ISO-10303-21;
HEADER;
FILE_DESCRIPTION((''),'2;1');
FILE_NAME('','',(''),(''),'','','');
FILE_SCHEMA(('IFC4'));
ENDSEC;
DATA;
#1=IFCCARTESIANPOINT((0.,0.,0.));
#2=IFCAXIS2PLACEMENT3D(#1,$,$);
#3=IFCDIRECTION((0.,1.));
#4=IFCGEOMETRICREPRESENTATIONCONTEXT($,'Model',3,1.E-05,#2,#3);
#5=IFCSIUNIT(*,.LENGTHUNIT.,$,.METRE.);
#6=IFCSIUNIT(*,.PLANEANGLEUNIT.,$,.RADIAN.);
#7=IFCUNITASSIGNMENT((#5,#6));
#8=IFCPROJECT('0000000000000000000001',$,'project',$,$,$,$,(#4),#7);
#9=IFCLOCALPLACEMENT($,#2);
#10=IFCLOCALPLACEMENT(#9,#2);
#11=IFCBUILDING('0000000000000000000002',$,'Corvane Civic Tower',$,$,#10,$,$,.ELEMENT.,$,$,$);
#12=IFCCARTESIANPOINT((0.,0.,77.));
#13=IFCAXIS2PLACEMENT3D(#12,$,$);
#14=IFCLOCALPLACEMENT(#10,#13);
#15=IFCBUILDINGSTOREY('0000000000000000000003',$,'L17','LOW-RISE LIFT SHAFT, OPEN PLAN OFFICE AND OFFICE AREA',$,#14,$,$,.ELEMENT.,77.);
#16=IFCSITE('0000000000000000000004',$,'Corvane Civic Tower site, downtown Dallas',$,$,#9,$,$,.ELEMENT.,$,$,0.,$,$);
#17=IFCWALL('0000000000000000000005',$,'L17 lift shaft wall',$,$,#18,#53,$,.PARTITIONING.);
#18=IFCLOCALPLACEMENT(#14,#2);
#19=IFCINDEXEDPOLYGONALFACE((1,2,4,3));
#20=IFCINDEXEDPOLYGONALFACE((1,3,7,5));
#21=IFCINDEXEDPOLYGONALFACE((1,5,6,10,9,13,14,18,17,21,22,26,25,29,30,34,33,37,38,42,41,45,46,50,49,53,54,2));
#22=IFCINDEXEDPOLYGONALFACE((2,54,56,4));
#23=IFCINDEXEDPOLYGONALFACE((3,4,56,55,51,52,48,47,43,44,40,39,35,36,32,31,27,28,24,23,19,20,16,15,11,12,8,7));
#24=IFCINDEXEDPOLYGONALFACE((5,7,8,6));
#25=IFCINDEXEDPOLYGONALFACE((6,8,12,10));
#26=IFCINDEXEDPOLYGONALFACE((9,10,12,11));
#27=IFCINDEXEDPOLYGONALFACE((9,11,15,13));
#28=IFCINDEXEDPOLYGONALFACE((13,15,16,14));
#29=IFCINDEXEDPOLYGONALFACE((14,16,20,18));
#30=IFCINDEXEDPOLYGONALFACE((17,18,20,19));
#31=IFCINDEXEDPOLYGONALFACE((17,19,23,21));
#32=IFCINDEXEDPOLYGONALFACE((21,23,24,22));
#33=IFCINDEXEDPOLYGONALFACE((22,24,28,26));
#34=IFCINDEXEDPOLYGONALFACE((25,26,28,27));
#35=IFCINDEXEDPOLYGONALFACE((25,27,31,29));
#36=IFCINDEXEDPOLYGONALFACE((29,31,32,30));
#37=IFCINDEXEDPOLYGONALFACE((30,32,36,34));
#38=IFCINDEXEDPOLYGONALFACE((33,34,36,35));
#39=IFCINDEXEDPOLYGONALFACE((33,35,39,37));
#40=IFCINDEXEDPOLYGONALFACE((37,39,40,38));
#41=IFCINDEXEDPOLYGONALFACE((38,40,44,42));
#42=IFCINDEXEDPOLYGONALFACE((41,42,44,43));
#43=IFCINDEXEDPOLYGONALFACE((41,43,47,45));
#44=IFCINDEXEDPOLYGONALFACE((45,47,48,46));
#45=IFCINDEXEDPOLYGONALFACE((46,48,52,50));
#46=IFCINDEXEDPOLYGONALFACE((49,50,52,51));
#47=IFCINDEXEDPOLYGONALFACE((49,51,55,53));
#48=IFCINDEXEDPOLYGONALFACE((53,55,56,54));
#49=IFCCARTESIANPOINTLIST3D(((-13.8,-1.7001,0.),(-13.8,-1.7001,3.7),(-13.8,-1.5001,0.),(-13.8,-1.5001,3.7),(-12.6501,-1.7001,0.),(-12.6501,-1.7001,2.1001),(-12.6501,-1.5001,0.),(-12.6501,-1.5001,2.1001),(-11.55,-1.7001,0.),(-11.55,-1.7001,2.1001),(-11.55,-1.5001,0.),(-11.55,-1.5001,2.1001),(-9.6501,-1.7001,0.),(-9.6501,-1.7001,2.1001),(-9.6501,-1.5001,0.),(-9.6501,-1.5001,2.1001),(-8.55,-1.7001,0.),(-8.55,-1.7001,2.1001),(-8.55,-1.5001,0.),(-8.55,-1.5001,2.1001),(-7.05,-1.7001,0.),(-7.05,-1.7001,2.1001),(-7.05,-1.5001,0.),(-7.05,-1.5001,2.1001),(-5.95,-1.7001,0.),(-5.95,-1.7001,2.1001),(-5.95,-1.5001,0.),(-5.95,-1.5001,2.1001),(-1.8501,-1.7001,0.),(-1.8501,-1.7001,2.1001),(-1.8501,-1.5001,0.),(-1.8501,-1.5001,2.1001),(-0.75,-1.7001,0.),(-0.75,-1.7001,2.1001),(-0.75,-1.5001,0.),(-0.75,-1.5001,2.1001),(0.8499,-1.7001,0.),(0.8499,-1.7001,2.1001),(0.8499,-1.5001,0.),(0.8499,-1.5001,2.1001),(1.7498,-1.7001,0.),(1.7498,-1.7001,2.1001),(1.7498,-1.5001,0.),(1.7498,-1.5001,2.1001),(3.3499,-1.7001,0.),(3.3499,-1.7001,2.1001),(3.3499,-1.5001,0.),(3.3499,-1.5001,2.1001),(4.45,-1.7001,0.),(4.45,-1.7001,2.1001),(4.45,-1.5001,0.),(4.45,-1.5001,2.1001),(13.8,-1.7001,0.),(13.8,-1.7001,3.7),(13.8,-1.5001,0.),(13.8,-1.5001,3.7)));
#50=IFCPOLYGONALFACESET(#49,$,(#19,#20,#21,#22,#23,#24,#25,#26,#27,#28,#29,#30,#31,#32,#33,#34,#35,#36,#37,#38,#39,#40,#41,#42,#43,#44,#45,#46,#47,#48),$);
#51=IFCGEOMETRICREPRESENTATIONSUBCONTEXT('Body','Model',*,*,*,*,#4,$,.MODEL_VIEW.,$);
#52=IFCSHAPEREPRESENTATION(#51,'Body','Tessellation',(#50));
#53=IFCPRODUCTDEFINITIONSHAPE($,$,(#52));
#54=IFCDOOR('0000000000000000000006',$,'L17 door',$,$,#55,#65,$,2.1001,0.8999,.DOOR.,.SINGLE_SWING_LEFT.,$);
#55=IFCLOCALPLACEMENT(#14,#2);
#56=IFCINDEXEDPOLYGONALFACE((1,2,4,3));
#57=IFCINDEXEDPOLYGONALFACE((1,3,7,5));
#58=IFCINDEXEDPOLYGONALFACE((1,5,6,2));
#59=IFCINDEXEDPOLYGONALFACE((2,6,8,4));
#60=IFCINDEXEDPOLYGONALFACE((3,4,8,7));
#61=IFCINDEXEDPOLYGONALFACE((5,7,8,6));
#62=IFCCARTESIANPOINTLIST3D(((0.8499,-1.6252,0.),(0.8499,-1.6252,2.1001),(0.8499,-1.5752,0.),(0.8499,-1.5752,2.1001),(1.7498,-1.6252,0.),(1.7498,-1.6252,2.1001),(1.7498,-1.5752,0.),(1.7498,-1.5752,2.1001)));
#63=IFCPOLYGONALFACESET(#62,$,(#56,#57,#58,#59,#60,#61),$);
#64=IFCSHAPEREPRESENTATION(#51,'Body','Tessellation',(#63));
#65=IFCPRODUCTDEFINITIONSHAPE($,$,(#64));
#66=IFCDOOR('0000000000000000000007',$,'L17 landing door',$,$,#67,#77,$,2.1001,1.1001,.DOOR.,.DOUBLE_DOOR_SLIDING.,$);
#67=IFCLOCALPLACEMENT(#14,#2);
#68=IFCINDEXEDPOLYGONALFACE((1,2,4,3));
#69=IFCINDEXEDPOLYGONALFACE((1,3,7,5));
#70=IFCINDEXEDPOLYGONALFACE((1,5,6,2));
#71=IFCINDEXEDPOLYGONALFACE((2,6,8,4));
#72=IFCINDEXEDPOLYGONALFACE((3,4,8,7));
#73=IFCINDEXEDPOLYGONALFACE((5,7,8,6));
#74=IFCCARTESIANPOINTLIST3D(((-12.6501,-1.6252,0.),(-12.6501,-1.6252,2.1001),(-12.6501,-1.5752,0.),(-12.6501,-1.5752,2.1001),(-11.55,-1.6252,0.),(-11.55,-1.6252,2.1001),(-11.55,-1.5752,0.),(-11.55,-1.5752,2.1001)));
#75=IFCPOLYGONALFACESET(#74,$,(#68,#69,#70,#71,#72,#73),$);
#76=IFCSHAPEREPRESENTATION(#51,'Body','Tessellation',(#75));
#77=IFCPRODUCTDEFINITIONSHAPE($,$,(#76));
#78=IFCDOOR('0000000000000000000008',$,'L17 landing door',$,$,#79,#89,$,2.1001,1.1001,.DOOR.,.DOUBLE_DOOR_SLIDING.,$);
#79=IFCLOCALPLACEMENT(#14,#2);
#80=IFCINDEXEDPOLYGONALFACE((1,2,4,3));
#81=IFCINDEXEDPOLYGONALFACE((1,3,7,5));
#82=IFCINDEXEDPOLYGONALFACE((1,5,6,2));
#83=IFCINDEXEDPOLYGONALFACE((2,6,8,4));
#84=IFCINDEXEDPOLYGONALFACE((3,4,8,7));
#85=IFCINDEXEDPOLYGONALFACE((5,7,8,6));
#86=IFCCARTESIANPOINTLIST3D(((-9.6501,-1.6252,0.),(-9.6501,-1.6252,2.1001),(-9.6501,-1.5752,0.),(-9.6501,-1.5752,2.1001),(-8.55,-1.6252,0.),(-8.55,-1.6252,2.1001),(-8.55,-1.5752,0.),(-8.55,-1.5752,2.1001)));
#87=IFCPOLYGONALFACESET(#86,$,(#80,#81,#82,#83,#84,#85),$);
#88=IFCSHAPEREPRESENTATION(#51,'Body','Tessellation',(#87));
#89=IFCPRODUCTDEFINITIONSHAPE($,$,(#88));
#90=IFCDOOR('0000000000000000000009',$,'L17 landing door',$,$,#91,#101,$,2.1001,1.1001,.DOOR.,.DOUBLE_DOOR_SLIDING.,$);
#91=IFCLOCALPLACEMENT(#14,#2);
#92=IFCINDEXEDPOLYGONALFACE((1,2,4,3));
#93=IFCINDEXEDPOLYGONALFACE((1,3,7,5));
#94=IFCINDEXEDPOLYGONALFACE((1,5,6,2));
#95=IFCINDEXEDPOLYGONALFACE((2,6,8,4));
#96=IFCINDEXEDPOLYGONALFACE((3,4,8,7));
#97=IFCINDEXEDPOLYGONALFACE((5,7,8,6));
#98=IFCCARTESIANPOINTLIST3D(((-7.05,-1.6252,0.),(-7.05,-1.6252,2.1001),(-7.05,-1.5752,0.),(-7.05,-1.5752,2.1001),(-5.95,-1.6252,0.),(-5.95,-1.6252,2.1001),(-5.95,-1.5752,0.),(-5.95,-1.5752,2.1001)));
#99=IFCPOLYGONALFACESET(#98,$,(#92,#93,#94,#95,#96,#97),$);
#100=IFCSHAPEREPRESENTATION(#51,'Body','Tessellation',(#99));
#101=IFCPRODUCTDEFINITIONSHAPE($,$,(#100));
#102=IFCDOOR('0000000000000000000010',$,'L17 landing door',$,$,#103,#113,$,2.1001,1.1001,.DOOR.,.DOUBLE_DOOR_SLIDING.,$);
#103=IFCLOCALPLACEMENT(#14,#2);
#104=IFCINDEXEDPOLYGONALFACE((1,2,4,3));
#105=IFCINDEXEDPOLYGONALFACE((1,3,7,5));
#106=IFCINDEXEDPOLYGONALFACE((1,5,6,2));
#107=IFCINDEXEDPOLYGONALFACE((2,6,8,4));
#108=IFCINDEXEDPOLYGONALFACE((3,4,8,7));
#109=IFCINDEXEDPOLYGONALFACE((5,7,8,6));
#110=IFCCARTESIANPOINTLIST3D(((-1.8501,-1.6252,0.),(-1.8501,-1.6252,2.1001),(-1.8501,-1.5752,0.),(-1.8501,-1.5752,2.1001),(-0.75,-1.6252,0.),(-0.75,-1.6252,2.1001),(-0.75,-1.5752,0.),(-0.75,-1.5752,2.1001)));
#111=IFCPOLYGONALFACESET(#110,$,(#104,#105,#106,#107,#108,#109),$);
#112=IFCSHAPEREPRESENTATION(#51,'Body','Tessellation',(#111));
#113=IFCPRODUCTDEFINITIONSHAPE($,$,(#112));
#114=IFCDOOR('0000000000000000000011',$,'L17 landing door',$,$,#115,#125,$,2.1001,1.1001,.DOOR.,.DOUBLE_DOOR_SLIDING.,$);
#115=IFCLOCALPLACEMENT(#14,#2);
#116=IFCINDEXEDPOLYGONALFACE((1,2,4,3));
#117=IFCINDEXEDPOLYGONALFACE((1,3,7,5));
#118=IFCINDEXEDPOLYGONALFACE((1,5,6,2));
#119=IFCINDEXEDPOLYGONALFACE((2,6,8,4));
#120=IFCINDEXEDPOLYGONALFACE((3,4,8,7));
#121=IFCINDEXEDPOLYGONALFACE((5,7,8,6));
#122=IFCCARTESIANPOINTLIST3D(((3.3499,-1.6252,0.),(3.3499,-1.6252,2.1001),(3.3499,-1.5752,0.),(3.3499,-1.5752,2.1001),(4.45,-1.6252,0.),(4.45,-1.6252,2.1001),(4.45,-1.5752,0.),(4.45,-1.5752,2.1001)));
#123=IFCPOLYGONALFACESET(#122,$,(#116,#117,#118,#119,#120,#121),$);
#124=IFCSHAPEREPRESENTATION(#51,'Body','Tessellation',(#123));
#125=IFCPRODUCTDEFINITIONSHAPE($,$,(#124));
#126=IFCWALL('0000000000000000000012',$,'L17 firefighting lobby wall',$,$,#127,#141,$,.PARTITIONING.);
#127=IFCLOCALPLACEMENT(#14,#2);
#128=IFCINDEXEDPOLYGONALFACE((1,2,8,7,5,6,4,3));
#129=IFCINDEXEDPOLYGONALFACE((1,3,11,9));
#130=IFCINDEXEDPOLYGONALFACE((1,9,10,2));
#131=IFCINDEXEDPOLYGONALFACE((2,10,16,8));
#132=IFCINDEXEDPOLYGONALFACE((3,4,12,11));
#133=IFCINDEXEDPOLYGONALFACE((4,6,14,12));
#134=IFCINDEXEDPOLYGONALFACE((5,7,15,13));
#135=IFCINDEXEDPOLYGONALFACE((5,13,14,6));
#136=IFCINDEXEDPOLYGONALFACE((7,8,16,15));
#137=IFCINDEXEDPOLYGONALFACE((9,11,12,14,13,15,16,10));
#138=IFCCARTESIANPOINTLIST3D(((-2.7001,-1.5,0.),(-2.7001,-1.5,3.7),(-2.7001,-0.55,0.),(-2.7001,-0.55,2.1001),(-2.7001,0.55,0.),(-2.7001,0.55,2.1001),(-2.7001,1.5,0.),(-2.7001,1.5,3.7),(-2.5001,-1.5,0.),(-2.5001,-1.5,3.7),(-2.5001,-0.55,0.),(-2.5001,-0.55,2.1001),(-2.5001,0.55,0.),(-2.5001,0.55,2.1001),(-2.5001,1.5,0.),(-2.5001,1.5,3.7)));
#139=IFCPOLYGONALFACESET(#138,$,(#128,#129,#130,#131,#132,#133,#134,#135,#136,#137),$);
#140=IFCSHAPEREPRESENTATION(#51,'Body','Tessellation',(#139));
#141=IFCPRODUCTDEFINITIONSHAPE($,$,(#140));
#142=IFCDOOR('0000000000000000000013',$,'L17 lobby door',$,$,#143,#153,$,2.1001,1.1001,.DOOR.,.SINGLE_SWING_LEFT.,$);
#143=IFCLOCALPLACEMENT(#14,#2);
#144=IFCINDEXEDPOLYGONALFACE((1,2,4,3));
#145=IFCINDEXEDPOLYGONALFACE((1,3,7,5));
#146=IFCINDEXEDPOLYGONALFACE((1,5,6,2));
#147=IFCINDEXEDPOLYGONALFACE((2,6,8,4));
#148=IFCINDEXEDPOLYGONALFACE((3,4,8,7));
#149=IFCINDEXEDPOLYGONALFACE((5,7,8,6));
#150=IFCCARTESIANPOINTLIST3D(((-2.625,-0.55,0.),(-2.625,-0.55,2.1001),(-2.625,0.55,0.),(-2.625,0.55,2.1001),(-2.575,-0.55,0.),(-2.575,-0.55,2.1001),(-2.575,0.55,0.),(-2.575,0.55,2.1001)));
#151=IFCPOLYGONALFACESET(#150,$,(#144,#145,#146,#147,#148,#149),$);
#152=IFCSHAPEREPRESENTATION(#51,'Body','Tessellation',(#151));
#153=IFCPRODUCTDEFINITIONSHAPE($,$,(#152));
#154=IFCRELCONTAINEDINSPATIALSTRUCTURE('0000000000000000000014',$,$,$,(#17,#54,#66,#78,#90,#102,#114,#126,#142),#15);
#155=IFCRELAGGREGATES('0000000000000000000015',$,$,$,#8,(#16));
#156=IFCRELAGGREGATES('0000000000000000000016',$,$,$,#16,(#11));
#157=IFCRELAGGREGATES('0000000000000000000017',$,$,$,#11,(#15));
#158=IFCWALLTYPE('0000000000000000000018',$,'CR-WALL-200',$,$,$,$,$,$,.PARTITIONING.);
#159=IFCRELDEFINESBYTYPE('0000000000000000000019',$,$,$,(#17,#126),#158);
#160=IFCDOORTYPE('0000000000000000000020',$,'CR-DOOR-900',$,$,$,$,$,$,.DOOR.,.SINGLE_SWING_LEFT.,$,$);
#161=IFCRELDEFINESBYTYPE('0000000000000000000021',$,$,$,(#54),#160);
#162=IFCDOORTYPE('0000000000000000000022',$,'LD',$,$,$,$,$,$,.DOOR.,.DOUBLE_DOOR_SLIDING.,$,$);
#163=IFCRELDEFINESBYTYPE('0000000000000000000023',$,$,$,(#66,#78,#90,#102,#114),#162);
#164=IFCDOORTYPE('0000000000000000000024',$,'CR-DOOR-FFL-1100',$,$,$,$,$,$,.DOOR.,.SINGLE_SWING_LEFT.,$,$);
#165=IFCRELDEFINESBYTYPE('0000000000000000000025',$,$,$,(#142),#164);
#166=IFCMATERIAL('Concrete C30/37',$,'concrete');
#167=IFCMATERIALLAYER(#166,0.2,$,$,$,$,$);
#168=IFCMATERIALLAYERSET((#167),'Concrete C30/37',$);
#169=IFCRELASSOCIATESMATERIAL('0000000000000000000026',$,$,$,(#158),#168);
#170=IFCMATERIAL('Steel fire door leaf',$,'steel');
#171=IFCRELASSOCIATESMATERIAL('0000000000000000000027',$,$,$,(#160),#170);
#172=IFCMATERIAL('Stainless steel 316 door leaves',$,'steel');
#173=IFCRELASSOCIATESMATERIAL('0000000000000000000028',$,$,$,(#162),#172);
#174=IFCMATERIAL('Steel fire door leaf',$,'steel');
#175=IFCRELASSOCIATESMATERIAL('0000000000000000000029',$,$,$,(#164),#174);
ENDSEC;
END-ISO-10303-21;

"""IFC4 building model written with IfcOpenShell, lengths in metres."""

from ifc_helpers import new_model, si_unit, direction, frame, frame_2d, origin, place, context, subcontext, project, spatial, rectangle, extrude, material, layer, layer_set, type_object, element, fill, save


model = new_model("IFC4")

# Units and contexts
model_context = context("Model", 3, precision=1e-05, world=origin(), true_north=direction((0.0, 1.0)))
body_context = subcontext(model_context, "Body", "Model", "MODEL_VIEW")
ifc_project = project(units=[si_unit("LENGTHUNIT", "METRE"), si_unit("PLANEANGLEUNIT", "RADIAN")], contexts=[model_context])

# Site, building, storey
site_placement = place(None, origin())
site = spatial("IfcSite", under=ifc_project, at=site_placement, Name="Corvane Civic Tower site, downtown Dallas", CompositionType="ELEMENT", RefElevation=0.0)
building_placement = place(site_placement, origin())
building = spatial("IfcBuilding", under=site, at=building_placement, Name="Corvane Civic Tower", CompositionType="ELEMENT")
storey_placement = place(building_placement, frame((0.0, 0.0, 77.0)))
storey = spatial("IfcBuildingStorey", under=building, at=storey_placement, Name="L17", Description="LOW-RISE LIFT SHAFT, OPEN PLAN OFFICE AND OFFICE AREA", CompositionType="ELEMENT", Elevation=77.0)

# Wall, openings, doors
ifc_material_1 = material(Name="Concrete C30/37", Category="concrete")
ifc_layer_1 = layer(ifc_material_1, 0.2)
ifc_layer_set_1 = layer_set([ifc_layer_1], Name="Concrete C30/37")
wall_type_1 = type_object("IfcWallType", Name="CR-WALL-200", PredefinedType="PARTITIONING", material=ifc_layer_set_1)
ifc_material_2 = material(Name="Steel fire door leaf", Category="steel")
door_type_1 = type_object("IfcDoorType", Name="CR-DOOR-900", OperationType="SINGLE_SWING_LEFT", PredefinedType="DOOR", material=ifc_material_2)
wall_1_placement = place(storey_placement, frame((-13.8, -1.6001, 0.0), z_axis=(0.0, 0.0, 1.0), x_axis=(1.0, 0.0, 0.0)))
wall_1 = element("IfcWall", 1, at=wall_1_placement, inside=storey, type_object=wall_type_1, Name="L17 lift shaft wall", PredefinedType="PARTITIONING", context=body_context, shape_type="SweptSolid", body=[
    extrude(rectangle(XDim=27.6001, YDim=0.2, at=frame_2d((13.8, 0.0))), origin(), (0.0, 0.0, 1.0), 3.7),
])
opening_1_placement = place(wall_1_placement, frame((1.1499, 0.0, 0.0)))
opening_1 = element("IfcOpeningElement", 2, at=opening_1_placement, cuts=wall_1, PredefinedType="OPENING", context=body_context, shape_type="SweptSolid", body=[
    extrude(rectangle(XDim=1.1001, YDim=2.1001, at=frame_2d((0.55, 1.05))), frame((0.0, 0.1099, 0.0), z_axis=(0.0, -1.0, 0.0), x_axis=(1.0, 0.0, 0.0)), (0.0, 0.0, 1.0), 0.22),
])
opening_2_placement = place(wall_1_placement, frame((4.1499, 0.0, 0.0)))
opening_2 = element("IfcOpeningElement", 3, at=opening_2_placement, cuts=wall_1, PredefinedType="OPENING", context=body_context, shape_type="SweptSolid", body=[
    extrude(rectangle(XDim=1.1001, YDim=2.1001, at=frame_2d((0.55, 1.05))), frame((0.0, 0.1099, 0.0), z_axis=(0.0, -1.0, 0.0), x_axis=(1.0, 0.0, 0.0)), (0.0, 0.0, 1.0), 0.22),
])
opening_3_placement = place(wall_1_placement, frame((6.75, 0.0, 0.0)))
opening_3 = element("IfcOpeningElement", 4, at=opening_3_placement, cuts=wall_1, PredefinedType="OPENING", context=body_context, shape_type="SweptSolid", body=[
    extrude(rectangle(XDim=1.1001, YDim=2.1001, at=frame_2d((0.55, 1.05))), frame((0.0, 0.1099, 0.0), z_axis=(0.0, -1.0, 0.0), x_axis=(1.0, 0.0, 0.0)), (0.0, 0.0, 1.0), 0.22),
])
opening_4_placement = place(wall_1_placement, frame((11.95, 0.0, 0.0)))
opening_4 = element("IfcOpeningElement", 5, at=opening_4_placement, cuts=wall_1, PredefinedType="OPENING", context=body_context, shape_type="SweptSolid", body=[
    extrude(rectangle(XDim=1.1001, YDim=2.1001, at=frame_2d((0.55, 1.05))), frame((0.0, 0.1099, 0.0), z_axis=(0.0, -1.0, 0.0), x_axis=(1.0, 0.0, 0.0)), (0.0, 0.0, 1.0), 0.22),
])
opening_5_placement = place(wall_1_placement, frame((14.6499, 0.0, 0.0)))
opening_5 = element("IfcOpeningElement", 6, at=opening_5_placement, cuts=wall_1, PredefinedType="OPENING", context=body_context, shape_type="SweptSolid", body=[
    extrude(rectangle(XDim=0.8999, YDim=2.1001, at=frame_2d((0.45, 1.05))), frame((0.0, 0.1099, 0.0), z_axis=(0.0, -1.0, 0.0), x_axis=(1.0, 0.0, 0.0)), (0.0, 0.0, 1.0), 0.22),
])
opening_6_placement = place(wall_1_placement, frame((17.1499, 0.0, 0.0)))
opening_6 = element("IfcOpeningElement", 7, at=opening_6_placement, cuts=wall_1, PredefinedType="OPENING", context=body_context, shape_type="SweptSolid", body=[
    extrude(rectangle(XDim=1.1001, YDim=2.1001, at=frame_2d((0.55, 1.05))), frame((0.0, 0.1099, 0.0), z_axis=(0.0, -1.0, 0.0), x_axis=(1.0, 0.0, 0.0)), (0.0, 0.0, 1.0), 0.22),
])
door_1_placement = place(opening_5_placement, origin())
door_1 = element("IfcDoor", 8, at=door_1_placement, inside=storey, type_object=door_type_1, Name="L17 door", OperationType="SINGLE_SWING_LEFT", OverallHeight=2.1001, OverallWidth=0.8999, PredefinedType="DOOR", context=body_context, shape_type="SweptSolid", body=[
    extrude(rectangle(XDim=0.8999, YDim=2.1001, at=frame_2d((0.45, 1.05))), frame((0.0, 0.0249, 0.0), z_axis=(0.0, -1.0, 0.0), x_axis=(1.0, 0.0, 0.0)), (0.0, 0.0, 1.0), 0.05),
])
fill(opening_5, door_1)
ifc_material_3 = material(Name="Stainless steel 316 door leaves", Category="steel")
door_type_2 = type_object("IfcDoorType", Name="LD", OperationType="DOUBLE_DOOR_SLIDING", PredefinedType="DOOR", material=ifc_material_3)
door_2_placement = place(opening_1_placement, origin())
door_2 = element("IfcDoor", 9, at=door_2_placement, inside=storey, type_object=door_type_2, Name="L17 landing door", OperationType="DOUBLE_DOOR_SLIDING", OverallHeight=2.1001, OverallWidth=1.1001, PredefinedType="DOOR", context=body_context, shape_type="SweptSolid", body=[
    extrude(rectangle(XDim=1.1001, YDim=2.1001, at=frame_2d((0.55, 1.05))), frame((0.0, 0.0249, 0.0), z_axis=(0.0, -1.0, 0.0), x_axis=(1.0, 0.0, 0.0)), (0.0, 0.0, 1.0), 0.05),
])
fill(opening_1, door_2)
door_3_placement = place(opening_2_placement, origin())
door_3 = element("IfcDoor", 10, at=door_3_placement, inside=storey, type_object=door_type_2, Name="L17 landing door", OperationType="DOUBLE_DOOR_SLIDING", OverallHeight=2.1001, OverallWidth=1.1001, PredefinedType="DOOR", context=body_context, shape_type="SweptSolid", body=[
    extrude(rectangle(XDim=1.1001, YDim=2.1001, at=frame_2d((0.55, 1.05))), frame((0.0, 0.0249, 0.0), z_axis=(0.0, -1.0, 0.0), x_axis=(1.0, 0.0, 0.0)), (0.0, 0.0, 1.0), 0.05),
])
fill(opening_2, door_3)
door_4_placement = place(opening_3_placement, origin())
door_4 = element("IfcDoor", 11, at=door_4_placement, inside=storey, type_object=door_type_2, Name="L17 landing door", OperationType="DOUBLE_DOOR_SLIDING", OverallHeight=2.1001, OverallWidth=1.1001, PredefinedType="DOOR", context=body_context, shape_type="SweptSolid", body=[
    extrude(rectangle(XDim=1.1001, YDim=2.1001, at=frame_2d((0.55, 1.05))), frame((0.0, 0.0249, 0.0), z_axis=(0.0, -1.0, 0.0), x_axis=(1.0, 0.0, 0.0)), (0.0, 0.0, 1.0), 0.05),
])
fill(opening_3, door_4)
door_5_placement = place(opening_4_placement, origin())
door_5 = element("IfcDoor", 12, at=door_5_placement, inside=storey, type_object=door_type_2, Name="L17 landing door", OperationType="DOUBLE_DOOR_SLIDING", OverallHeight=2.1001, OverallWidth=1.1001, PredefinedType="DOOR", context=body_context, shape_type="SweptSolid", body=[
    extrude(rectangle(XDim=1.1001, YDim=2.1001, at=frame_2d((0.55, 1.05))), frame((0.0, 0.0249, 0.0), z_axis=(0.0, -1.0, 0.0), x_axis=(1.0, 0.0, 0.0)), (0.0, 0.0, 1.0), 0.05),
])
fill(opening_4, door_5)
door_6_placement = place(opening_6_placement, origin())
door_6 = element("IfcDoor", 13, at=door_6_placement, inside=storey, type_object=door_type_2, Name="L17 landing door", OperationType="DOUBLE_DOOR_SLIDING", OverallHeight=2.1001, OverallWidth=1.1001, PredefinedType="DOOR", context=body_context, shape_type="SweptSolid", body=[
    extrude(rectangle(XDim=1.1001, YDim=2.1001, at=frame_2d((0.55, 1.05))), frame((0.0, 0.0249, 0.0), z_axis=(0.0, -1.0, 0.0), x_axis=(1.0, 0.0, 0.0)), (0.0, 0.0, 1.0), 0.05),
])
fill(opening_6, door_6)

# Wall, opening, door
wall_2_placement = place(storey_placement, frame((-2.6001, -1.5, 0.0), z_axis=(0.0, 0.0, 1.0), x_axis=(0.0, 1.0, 0.0)))
wall_2 = element("IfcWall", 14, at=wall_2_placement, inside=storey, type_object=wall_type_1, Name="L17 firefighting lobby wall", PredefinedType="PARTITIONING", context=body_context, shape_type="SweptSolid", body=[
    extrude(rectangle(XDim=3.0, YDim=0.2, at=frame_2d((1.5, 0.0))), origin(), (0.0, 0.0, 1.0), 3.7),
])
opening_7_placement = place(wall_2_placement, frame((0.95, 0.0, 0.0)))
opening_7 = element("IfcOpeningElement", 15, at=opening_7_placement, cuts=wall_2, PredefinedType="OPENING", context=body_context, shape_type="SweptSolid", body=[
    extrude(rectangle(XDim=1.1001, YDim=2.1001, at=frame_2d((0.55, 1.05))), frame((0.0, 0.1099, 0.0), z_axis=(0.0, -1.0, 0.0), x_axis=(1.0, 0.0, 0.0)), (0.0, 0.0, 1.0), 0.22),
])
ifc_material_4 = material(Name="Steel fire door leaf", Category="steel")
door_type_3 = type_object("IfcDoorType", Name="CR-DOOR-FFL-1100", OperationType="SINGLE_SWING_LEFT", PredefinedType="DOOR", material=ifc_material_4)
door_7_placement = place(opening_7_placement, origin())
door_7 = element("IfcDoor", 16, at=door_7_placement, inside=storey, type_object=door_type_3, Name="L17 lobby door", OperationType="SINGLE_SWING_LEFT", OverallHeight=2.1001, OverallWidth=1.1001, PredefinedType="DOOR", context=body_context, shape_type="SweptSolid", body=[
    extrude(rectangle(XDim=1.1001, YDim=2.1001, at=frame_2d((0.55, 1.05))), frame((0.0, 0.0249, 0.0), z_axis=(0.0, -1.0, 0.0), x_axis=(1.0, 0.0, 0.0)), (0.0, 0.0, 1.0), 0.05),
])
fill(opening_7, door_7)

save(model, "model.ifc")
